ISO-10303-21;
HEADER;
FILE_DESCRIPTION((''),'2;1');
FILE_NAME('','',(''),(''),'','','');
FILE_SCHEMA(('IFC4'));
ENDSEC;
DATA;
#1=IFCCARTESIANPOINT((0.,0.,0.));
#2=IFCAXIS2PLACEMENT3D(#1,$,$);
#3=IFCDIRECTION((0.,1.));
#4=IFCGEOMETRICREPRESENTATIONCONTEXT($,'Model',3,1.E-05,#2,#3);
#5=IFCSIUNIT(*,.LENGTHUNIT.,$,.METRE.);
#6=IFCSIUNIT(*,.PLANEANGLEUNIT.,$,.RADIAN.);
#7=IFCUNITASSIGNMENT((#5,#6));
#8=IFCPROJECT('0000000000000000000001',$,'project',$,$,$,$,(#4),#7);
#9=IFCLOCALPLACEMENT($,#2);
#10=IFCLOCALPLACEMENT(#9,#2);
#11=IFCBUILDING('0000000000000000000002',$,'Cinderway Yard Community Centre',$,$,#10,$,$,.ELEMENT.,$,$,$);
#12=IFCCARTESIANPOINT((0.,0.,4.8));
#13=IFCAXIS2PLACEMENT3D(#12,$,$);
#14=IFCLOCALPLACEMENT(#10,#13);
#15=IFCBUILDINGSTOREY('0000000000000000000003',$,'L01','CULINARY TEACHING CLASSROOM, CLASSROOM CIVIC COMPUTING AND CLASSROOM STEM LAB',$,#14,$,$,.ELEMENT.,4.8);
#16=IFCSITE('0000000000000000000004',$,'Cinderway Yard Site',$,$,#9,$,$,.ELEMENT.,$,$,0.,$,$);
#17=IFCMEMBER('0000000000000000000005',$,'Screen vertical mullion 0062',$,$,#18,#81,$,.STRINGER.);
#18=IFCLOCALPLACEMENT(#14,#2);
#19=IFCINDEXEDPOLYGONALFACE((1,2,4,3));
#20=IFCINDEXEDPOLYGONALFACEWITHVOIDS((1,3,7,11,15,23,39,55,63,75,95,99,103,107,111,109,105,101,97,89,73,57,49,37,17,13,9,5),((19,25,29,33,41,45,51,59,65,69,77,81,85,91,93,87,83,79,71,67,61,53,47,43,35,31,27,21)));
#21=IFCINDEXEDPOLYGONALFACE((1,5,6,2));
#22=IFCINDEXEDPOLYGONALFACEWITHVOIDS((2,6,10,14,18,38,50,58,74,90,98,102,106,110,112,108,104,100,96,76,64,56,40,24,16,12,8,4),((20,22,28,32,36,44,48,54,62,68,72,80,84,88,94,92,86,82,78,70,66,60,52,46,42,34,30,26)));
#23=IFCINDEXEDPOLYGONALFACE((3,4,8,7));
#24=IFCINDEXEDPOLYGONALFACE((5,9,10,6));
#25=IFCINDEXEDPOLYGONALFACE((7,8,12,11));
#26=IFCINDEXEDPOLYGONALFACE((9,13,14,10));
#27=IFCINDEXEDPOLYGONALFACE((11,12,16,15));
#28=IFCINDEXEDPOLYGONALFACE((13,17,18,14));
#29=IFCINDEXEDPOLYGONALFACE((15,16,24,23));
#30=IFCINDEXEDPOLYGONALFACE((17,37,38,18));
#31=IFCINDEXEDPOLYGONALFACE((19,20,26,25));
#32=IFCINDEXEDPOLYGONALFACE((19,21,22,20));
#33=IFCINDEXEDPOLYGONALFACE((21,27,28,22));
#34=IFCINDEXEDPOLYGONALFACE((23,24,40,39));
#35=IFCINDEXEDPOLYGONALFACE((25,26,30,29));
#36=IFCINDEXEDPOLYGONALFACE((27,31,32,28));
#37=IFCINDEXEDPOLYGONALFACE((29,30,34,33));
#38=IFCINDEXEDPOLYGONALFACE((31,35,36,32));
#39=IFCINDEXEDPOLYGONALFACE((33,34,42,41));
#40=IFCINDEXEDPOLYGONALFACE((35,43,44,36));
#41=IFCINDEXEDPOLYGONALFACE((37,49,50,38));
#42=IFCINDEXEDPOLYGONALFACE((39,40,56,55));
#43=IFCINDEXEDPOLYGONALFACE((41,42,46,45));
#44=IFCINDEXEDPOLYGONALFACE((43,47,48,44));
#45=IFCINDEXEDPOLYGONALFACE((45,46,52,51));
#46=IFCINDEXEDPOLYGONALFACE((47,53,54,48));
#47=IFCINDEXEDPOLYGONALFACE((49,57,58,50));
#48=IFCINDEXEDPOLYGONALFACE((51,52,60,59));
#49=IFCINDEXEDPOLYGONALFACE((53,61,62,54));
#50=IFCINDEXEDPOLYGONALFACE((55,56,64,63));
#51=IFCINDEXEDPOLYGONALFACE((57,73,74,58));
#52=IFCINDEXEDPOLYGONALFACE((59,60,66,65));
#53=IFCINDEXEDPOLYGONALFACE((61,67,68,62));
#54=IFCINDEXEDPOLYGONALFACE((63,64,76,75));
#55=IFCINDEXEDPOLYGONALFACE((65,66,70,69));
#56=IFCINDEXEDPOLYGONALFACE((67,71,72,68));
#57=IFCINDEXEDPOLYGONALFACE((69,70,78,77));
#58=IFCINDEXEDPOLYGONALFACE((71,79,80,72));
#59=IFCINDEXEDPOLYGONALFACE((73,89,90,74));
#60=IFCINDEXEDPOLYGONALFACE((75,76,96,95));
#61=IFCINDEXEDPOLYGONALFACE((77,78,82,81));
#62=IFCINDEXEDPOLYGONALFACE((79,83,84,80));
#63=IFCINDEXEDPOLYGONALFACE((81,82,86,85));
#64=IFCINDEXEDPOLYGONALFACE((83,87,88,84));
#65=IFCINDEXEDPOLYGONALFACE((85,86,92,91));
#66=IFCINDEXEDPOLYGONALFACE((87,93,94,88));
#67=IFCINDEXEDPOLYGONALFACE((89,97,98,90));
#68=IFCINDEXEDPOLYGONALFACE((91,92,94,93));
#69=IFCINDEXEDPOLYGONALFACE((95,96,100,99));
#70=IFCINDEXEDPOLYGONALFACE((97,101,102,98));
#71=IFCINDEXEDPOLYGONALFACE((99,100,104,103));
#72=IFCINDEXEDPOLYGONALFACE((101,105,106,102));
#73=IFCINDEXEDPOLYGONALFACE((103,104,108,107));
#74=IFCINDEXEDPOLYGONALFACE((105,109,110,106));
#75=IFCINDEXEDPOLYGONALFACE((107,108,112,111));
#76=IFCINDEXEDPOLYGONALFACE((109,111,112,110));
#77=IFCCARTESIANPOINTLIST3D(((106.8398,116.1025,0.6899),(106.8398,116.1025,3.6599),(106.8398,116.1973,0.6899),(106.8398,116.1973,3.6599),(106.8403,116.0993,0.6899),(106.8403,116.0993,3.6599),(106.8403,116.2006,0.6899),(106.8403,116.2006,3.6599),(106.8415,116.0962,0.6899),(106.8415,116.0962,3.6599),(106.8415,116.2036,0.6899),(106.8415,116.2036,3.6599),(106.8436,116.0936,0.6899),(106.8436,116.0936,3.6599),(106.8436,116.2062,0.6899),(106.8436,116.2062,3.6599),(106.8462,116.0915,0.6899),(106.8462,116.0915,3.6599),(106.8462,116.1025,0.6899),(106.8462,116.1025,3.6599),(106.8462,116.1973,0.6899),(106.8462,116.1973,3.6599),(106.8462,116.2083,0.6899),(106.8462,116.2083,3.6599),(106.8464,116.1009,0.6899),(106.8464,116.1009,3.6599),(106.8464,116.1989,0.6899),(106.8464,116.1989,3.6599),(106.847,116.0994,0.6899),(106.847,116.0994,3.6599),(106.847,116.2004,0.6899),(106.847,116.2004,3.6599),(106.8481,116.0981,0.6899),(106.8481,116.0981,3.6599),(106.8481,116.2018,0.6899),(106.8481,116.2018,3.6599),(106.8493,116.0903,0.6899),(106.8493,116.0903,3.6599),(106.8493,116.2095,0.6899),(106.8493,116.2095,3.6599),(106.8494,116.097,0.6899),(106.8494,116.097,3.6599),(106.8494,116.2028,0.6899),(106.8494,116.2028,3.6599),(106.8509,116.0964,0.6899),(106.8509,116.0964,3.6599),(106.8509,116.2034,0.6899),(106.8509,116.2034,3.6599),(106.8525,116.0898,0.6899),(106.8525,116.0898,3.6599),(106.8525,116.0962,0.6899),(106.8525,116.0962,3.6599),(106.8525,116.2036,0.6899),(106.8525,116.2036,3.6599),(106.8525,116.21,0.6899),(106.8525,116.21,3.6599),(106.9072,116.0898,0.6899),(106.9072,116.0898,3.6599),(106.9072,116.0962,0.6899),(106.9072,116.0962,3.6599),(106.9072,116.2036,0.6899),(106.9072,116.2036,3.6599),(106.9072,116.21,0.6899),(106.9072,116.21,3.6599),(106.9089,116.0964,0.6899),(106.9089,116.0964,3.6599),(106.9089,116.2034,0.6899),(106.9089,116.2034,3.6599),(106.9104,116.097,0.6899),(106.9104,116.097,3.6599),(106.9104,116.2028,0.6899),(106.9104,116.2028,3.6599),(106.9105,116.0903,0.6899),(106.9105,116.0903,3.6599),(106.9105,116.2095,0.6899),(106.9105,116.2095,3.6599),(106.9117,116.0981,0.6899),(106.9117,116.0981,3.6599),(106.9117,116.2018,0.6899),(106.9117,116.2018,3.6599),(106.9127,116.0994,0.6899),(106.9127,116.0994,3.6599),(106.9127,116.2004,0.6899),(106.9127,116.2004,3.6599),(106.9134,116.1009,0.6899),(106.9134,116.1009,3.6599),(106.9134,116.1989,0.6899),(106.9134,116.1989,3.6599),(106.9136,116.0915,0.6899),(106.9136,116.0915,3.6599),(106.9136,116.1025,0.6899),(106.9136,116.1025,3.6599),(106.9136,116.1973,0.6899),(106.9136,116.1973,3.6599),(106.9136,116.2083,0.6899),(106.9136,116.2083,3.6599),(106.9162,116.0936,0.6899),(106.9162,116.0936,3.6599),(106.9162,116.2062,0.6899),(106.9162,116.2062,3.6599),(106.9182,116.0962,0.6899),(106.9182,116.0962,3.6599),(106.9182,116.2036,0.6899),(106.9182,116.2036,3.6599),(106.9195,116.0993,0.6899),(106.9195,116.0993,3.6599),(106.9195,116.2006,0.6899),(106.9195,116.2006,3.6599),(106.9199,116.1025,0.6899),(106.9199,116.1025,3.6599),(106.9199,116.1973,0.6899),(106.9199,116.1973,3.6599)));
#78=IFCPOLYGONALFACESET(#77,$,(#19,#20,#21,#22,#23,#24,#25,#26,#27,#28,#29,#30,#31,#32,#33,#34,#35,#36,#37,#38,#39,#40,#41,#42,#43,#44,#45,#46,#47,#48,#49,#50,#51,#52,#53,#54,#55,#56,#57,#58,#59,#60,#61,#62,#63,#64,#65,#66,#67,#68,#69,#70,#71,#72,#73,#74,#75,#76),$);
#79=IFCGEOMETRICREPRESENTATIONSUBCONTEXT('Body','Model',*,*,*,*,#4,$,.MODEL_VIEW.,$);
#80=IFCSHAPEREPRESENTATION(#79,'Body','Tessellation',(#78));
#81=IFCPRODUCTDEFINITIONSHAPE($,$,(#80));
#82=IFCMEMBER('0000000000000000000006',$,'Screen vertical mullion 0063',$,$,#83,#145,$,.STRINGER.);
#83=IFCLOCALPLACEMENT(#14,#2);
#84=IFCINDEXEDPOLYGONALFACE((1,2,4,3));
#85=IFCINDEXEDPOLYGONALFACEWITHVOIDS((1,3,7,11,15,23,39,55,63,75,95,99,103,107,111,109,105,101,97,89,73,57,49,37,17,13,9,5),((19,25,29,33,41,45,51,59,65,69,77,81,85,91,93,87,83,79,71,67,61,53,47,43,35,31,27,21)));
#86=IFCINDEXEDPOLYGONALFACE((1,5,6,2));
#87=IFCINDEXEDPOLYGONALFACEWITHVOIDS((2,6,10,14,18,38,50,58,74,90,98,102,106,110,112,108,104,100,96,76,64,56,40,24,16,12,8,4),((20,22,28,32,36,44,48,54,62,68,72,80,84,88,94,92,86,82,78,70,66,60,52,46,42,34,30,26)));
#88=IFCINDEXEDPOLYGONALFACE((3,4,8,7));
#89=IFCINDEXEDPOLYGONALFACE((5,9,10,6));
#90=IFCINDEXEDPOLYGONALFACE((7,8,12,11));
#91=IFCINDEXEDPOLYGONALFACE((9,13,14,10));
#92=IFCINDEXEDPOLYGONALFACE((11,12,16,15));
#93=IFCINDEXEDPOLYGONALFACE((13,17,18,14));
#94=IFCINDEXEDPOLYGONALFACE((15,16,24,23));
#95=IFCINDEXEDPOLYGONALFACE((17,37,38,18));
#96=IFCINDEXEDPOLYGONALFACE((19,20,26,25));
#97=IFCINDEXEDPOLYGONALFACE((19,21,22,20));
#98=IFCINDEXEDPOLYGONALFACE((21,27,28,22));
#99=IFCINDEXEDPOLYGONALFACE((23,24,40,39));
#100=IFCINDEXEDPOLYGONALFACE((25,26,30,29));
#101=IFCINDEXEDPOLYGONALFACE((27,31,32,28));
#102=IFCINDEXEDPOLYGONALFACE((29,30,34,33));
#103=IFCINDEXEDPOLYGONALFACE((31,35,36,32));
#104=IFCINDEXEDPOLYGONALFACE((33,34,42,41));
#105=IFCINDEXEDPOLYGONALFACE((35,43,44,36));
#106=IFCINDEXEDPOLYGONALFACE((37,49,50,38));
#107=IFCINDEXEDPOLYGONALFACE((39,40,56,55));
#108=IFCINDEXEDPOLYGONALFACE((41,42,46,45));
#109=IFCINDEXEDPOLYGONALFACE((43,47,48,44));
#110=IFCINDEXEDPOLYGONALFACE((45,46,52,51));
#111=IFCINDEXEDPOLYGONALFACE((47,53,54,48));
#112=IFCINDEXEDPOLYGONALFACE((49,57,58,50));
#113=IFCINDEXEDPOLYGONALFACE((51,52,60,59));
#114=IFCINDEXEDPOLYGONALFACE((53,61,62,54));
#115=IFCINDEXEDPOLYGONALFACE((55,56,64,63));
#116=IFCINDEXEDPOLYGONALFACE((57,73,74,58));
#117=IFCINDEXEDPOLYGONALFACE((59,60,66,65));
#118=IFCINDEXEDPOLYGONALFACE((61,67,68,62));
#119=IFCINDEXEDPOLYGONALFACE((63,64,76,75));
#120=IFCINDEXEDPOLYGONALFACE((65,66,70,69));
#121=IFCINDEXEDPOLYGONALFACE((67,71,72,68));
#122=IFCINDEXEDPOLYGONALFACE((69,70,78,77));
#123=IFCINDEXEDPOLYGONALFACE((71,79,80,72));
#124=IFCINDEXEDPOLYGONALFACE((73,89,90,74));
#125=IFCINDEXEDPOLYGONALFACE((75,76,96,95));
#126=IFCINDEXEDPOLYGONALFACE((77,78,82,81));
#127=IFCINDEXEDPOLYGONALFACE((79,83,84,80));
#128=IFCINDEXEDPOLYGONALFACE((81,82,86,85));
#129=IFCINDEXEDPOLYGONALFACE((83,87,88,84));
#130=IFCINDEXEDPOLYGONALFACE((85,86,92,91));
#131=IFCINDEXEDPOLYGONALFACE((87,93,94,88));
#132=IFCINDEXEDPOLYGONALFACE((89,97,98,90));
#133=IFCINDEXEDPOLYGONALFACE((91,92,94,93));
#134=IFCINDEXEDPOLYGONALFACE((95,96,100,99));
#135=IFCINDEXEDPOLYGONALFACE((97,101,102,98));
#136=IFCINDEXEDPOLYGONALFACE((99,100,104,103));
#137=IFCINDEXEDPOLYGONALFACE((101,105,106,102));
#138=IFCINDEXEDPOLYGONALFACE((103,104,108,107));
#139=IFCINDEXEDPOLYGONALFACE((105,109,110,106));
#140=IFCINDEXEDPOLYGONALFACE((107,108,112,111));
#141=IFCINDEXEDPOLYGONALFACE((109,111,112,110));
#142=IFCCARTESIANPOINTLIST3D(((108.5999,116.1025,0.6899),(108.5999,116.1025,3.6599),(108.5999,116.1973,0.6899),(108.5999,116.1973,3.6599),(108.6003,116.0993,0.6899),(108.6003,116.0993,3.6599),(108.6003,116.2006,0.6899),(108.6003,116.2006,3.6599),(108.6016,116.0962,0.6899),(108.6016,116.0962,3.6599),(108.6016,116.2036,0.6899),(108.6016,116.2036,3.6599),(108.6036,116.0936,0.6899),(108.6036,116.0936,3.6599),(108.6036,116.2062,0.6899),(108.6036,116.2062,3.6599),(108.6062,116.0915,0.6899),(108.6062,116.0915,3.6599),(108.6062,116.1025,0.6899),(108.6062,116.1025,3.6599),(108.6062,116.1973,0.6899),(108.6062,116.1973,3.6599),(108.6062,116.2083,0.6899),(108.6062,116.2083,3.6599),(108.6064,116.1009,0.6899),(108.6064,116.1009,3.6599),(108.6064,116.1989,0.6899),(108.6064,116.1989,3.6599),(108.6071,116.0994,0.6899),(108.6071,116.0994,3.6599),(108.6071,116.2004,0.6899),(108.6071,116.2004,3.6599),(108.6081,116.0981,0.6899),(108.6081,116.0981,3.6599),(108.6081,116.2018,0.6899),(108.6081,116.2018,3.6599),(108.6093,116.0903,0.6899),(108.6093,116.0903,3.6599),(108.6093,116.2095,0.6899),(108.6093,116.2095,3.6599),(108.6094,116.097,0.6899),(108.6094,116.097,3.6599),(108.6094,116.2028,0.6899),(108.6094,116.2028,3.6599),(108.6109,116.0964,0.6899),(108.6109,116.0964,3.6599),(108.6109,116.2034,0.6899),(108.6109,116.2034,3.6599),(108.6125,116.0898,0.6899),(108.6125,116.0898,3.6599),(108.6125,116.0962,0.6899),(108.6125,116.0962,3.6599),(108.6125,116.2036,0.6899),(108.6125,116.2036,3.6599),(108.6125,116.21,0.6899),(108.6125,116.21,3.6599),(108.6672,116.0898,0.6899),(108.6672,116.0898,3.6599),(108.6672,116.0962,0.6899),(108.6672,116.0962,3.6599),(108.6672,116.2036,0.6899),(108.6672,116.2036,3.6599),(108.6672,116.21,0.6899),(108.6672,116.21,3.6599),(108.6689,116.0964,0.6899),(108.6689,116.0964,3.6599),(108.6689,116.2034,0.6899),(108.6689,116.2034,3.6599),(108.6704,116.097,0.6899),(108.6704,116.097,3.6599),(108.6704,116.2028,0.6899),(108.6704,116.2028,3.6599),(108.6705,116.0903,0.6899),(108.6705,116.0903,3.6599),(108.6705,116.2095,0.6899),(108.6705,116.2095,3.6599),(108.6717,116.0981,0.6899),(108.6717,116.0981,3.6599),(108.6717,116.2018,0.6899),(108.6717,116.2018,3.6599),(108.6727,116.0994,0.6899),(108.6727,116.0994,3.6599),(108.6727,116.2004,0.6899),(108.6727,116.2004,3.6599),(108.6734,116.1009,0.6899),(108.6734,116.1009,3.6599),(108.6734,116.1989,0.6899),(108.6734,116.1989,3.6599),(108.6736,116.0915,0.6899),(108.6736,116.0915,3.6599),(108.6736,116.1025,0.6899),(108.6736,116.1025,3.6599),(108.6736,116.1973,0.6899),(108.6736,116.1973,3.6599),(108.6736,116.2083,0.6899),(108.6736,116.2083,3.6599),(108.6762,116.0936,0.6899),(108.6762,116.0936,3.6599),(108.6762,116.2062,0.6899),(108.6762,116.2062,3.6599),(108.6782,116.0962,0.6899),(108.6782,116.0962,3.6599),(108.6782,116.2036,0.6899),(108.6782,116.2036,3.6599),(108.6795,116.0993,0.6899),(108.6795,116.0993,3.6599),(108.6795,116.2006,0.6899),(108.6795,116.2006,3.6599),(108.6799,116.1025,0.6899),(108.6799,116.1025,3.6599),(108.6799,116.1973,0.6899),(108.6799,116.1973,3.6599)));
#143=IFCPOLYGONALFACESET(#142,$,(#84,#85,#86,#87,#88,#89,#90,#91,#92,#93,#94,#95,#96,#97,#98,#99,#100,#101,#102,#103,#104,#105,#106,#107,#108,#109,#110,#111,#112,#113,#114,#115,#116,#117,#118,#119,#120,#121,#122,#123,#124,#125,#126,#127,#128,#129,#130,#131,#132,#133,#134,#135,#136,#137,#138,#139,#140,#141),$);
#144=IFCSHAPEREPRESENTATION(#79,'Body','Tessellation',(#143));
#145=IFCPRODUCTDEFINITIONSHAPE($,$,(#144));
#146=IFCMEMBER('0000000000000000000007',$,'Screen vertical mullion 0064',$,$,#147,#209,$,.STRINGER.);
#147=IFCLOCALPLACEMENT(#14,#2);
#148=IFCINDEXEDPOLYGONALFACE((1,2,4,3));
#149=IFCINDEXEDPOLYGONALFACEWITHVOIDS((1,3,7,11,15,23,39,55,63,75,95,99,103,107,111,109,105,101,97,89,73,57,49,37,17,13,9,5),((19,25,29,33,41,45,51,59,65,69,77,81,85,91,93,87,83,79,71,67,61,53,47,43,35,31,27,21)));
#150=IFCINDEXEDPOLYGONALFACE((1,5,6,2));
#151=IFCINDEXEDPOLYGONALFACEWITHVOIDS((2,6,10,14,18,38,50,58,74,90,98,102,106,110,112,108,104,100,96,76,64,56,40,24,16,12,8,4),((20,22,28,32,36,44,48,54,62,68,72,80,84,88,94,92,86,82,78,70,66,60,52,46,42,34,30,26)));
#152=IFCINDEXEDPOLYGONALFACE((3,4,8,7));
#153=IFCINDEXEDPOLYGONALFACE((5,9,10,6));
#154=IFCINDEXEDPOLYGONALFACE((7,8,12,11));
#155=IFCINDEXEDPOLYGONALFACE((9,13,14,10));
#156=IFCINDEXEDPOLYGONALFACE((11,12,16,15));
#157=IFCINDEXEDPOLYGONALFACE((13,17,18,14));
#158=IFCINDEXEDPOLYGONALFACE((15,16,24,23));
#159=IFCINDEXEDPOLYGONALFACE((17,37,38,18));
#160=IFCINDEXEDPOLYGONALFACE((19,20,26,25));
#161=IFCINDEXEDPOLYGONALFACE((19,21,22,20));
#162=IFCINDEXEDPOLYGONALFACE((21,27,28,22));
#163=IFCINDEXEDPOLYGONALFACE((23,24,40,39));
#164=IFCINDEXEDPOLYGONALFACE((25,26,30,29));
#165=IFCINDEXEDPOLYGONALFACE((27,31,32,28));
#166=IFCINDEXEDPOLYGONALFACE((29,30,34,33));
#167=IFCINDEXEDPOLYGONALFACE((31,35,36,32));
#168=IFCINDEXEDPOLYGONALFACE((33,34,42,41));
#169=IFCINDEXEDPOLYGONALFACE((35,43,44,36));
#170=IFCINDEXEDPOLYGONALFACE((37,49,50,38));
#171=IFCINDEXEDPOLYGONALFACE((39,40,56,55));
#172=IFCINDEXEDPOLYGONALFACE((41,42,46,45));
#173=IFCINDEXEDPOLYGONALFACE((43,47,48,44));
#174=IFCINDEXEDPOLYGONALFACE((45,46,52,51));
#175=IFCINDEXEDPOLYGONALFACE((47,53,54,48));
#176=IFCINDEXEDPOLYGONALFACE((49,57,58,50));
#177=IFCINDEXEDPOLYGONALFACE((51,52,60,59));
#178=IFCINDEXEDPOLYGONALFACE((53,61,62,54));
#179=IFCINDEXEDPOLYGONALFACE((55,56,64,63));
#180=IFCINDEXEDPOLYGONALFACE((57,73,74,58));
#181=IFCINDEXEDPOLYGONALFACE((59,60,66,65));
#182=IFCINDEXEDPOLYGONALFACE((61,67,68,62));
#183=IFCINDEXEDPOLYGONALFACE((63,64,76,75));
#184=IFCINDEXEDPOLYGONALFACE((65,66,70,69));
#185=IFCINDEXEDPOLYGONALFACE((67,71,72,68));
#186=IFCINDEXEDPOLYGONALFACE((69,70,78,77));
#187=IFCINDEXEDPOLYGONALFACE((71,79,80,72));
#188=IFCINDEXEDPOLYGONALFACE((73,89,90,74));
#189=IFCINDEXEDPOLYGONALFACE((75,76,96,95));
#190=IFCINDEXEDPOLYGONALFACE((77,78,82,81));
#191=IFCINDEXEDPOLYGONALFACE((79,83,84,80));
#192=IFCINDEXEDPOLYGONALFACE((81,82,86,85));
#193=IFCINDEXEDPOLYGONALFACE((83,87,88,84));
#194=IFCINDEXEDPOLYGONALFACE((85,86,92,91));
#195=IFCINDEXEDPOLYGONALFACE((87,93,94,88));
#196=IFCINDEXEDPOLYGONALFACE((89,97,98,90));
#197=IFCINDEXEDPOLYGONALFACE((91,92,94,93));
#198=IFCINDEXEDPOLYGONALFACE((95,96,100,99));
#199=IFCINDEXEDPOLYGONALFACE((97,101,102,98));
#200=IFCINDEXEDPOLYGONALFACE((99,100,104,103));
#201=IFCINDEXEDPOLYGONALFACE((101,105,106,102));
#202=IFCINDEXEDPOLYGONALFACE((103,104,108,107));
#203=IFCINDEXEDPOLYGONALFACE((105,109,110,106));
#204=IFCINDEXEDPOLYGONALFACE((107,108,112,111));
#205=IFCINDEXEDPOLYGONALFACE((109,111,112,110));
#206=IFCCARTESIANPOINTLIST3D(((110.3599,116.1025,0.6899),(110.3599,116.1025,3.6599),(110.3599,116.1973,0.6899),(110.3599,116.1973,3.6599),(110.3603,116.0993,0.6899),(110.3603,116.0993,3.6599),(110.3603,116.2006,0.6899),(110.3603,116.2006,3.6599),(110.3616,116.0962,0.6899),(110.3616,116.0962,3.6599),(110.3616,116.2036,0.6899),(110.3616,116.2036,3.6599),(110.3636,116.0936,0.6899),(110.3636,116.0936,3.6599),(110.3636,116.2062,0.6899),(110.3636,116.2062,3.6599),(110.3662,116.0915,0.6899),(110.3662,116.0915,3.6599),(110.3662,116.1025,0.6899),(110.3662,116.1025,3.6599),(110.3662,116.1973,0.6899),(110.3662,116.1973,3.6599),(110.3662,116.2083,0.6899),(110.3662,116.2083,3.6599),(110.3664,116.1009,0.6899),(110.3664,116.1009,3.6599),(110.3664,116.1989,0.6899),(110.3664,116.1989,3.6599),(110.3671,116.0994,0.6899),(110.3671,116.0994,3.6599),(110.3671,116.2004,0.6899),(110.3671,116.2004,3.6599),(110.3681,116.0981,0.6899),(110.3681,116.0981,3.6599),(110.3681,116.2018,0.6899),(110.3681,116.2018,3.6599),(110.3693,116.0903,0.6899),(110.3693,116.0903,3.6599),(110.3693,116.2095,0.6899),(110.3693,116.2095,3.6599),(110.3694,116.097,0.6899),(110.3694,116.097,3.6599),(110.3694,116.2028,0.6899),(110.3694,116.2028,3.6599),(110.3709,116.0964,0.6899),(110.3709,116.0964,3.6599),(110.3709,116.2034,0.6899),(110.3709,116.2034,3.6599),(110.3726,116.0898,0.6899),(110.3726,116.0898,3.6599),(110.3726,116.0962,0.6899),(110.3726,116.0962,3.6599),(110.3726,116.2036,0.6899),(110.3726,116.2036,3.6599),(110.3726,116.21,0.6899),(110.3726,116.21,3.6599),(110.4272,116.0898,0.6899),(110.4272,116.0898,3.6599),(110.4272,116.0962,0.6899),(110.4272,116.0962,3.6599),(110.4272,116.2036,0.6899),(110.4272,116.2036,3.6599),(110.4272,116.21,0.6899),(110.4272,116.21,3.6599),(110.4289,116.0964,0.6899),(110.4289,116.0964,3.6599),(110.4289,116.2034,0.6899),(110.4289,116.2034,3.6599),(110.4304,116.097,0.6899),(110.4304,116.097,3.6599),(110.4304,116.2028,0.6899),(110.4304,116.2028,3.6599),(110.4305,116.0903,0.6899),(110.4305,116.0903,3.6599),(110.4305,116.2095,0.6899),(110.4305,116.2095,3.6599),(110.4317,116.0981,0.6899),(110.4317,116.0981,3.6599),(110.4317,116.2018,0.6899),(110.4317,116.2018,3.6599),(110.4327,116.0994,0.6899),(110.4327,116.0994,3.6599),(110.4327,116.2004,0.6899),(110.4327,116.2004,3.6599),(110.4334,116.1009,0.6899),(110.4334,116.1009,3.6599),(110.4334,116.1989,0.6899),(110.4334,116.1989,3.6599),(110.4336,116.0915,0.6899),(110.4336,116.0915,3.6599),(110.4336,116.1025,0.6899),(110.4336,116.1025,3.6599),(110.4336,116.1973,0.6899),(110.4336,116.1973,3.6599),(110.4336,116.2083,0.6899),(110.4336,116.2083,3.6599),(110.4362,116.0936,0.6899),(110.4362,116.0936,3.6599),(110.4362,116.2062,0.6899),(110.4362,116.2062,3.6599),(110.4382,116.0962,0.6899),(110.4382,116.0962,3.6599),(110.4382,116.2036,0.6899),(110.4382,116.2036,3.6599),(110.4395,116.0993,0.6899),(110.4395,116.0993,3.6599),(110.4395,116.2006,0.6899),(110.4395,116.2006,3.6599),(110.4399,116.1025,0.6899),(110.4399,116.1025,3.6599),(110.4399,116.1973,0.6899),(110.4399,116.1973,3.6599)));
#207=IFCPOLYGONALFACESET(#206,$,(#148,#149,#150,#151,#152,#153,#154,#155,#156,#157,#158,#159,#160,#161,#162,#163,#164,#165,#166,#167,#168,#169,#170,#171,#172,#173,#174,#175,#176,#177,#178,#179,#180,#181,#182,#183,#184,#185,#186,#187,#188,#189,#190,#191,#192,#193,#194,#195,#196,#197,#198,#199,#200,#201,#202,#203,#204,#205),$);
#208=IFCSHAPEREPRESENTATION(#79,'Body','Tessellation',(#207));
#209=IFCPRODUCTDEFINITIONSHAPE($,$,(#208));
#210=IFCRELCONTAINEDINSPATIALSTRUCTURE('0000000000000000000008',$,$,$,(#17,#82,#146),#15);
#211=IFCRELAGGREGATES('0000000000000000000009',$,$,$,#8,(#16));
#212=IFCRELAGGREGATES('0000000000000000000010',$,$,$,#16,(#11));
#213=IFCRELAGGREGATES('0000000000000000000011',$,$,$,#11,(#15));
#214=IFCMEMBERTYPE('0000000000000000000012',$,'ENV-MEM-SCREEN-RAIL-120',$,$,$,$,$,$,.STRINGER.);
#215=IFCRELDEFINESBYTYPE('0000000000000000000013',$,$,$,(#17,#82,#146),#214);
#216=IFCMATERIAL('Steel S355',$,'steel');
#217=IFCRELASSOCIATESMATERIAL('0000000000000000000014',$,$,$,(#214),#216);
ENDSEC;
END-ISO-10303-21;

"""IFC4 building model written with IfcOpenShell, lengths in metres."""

from ifc_helpers import new_model, si_unit, direction, frame, origin, origin_2d, place, context, subcontext, project, spatial, hollow_rectangle, extrude, material, material_profile, profile_set, type_object, element, save


model = new_model("IFC4")

# Units and contexts
model_context = context("Model", 3, precision=1e-05, world=origin(), true_north=direction((0.0, 1.0)))
body_context = subcontext(model_context, "Body", "Model", "MODEL_VIEW")
ifc_project = project(units=[si_unit("LENGTHUNIT", "METRE"), si_unit("PLANEANGLEUNIT", "RADIAN")], contexts=[model_context])

# Site, building, storey
site_placement = place(None, origin())
site = spatial("IfcSite", under=ifc_project, at=site_placement, Name="Cinderway Yard Site", CompositionType="ELEMENT", RefElevation=0.0)
building_placement = place(site_placement, origin())
building = spatial("IfcBuilding", under=site, at=building_placement, Name="Cinderway Yard Community Centre", CompositionType="ELEMENT")
storey_placement = place(building_placement, frame((0.0, 0.0, 4.8)))
storey = spatial("IfcBuildingStorey", under=building, at=storey_placement, Name="L01", Description="CULINARY TEACHING CLASSROOM, CLASSROOM CIVIC COMPUTING AND CLASSROOM STEM LAB", CompositionType="ELEMENT", Elevation=4.8)

# Members
ifc_material_1 = material(Name="Steel S355", Category="steel")
ifc_material_profile_1 = material_profile(ifc_material_1, hollow_rectangle(XDim=0.0801, YDim=0.1201, WallThickness=0.0063, InnerFilletRadius=0.0063, OuterFilletRadius=0.0127, at=origin_2d()), Name="Steel S355")
ifc_profile_set_1 = profile_set([ifc_material_profile_1], Name="Steel S355")
member_type_1 = type_object("IfcMemberType", Name="ENV-MEM-SCREEN-RAIL-120", PredefinedType="STRINGER", material=ifc_profile_set_1)
for number, where, z_axis, x_axis, name in (
    (1, (106.8799, 116.1499, 0.6899), (0.0, 0.0, 1.0), (1.0, 0.0, 0.0), "Screen vertical mullion 0062"),
    (2, (108.6399, 116.1499, 0.6899), (0.0, 0.0, 1.0), (1.0, 0.0, 0.0), "Screen vertical mullion 0063"),
    (3, (110.3999, 116.1499, 0.6899), (0.0, 0.0, 1.0), (1.0, 0.0, 0.0), "Screen vertical mullion 0064"),
):
    element("IfcMember", number, at=place(storey_placement, frame(where, z_axis=z_axis, x_axis=x_axis)), inside=storey, type_object=member_type_1, Name=name, PredefinedType="STRINGER", context=body_context, shape_type="SweptSolid", body=[
        extrude(hollow_rectangle(XDim=0.0801, YDim=0.1201, WallThickness=0.0063, InnerFilletRadius=0.0063, OuterFilletRadius=0.0127, at=origin_2d()), origin(), (0.0, 0.0, 1.0), 2.97),
    ])

save(model, "model.ifc")
